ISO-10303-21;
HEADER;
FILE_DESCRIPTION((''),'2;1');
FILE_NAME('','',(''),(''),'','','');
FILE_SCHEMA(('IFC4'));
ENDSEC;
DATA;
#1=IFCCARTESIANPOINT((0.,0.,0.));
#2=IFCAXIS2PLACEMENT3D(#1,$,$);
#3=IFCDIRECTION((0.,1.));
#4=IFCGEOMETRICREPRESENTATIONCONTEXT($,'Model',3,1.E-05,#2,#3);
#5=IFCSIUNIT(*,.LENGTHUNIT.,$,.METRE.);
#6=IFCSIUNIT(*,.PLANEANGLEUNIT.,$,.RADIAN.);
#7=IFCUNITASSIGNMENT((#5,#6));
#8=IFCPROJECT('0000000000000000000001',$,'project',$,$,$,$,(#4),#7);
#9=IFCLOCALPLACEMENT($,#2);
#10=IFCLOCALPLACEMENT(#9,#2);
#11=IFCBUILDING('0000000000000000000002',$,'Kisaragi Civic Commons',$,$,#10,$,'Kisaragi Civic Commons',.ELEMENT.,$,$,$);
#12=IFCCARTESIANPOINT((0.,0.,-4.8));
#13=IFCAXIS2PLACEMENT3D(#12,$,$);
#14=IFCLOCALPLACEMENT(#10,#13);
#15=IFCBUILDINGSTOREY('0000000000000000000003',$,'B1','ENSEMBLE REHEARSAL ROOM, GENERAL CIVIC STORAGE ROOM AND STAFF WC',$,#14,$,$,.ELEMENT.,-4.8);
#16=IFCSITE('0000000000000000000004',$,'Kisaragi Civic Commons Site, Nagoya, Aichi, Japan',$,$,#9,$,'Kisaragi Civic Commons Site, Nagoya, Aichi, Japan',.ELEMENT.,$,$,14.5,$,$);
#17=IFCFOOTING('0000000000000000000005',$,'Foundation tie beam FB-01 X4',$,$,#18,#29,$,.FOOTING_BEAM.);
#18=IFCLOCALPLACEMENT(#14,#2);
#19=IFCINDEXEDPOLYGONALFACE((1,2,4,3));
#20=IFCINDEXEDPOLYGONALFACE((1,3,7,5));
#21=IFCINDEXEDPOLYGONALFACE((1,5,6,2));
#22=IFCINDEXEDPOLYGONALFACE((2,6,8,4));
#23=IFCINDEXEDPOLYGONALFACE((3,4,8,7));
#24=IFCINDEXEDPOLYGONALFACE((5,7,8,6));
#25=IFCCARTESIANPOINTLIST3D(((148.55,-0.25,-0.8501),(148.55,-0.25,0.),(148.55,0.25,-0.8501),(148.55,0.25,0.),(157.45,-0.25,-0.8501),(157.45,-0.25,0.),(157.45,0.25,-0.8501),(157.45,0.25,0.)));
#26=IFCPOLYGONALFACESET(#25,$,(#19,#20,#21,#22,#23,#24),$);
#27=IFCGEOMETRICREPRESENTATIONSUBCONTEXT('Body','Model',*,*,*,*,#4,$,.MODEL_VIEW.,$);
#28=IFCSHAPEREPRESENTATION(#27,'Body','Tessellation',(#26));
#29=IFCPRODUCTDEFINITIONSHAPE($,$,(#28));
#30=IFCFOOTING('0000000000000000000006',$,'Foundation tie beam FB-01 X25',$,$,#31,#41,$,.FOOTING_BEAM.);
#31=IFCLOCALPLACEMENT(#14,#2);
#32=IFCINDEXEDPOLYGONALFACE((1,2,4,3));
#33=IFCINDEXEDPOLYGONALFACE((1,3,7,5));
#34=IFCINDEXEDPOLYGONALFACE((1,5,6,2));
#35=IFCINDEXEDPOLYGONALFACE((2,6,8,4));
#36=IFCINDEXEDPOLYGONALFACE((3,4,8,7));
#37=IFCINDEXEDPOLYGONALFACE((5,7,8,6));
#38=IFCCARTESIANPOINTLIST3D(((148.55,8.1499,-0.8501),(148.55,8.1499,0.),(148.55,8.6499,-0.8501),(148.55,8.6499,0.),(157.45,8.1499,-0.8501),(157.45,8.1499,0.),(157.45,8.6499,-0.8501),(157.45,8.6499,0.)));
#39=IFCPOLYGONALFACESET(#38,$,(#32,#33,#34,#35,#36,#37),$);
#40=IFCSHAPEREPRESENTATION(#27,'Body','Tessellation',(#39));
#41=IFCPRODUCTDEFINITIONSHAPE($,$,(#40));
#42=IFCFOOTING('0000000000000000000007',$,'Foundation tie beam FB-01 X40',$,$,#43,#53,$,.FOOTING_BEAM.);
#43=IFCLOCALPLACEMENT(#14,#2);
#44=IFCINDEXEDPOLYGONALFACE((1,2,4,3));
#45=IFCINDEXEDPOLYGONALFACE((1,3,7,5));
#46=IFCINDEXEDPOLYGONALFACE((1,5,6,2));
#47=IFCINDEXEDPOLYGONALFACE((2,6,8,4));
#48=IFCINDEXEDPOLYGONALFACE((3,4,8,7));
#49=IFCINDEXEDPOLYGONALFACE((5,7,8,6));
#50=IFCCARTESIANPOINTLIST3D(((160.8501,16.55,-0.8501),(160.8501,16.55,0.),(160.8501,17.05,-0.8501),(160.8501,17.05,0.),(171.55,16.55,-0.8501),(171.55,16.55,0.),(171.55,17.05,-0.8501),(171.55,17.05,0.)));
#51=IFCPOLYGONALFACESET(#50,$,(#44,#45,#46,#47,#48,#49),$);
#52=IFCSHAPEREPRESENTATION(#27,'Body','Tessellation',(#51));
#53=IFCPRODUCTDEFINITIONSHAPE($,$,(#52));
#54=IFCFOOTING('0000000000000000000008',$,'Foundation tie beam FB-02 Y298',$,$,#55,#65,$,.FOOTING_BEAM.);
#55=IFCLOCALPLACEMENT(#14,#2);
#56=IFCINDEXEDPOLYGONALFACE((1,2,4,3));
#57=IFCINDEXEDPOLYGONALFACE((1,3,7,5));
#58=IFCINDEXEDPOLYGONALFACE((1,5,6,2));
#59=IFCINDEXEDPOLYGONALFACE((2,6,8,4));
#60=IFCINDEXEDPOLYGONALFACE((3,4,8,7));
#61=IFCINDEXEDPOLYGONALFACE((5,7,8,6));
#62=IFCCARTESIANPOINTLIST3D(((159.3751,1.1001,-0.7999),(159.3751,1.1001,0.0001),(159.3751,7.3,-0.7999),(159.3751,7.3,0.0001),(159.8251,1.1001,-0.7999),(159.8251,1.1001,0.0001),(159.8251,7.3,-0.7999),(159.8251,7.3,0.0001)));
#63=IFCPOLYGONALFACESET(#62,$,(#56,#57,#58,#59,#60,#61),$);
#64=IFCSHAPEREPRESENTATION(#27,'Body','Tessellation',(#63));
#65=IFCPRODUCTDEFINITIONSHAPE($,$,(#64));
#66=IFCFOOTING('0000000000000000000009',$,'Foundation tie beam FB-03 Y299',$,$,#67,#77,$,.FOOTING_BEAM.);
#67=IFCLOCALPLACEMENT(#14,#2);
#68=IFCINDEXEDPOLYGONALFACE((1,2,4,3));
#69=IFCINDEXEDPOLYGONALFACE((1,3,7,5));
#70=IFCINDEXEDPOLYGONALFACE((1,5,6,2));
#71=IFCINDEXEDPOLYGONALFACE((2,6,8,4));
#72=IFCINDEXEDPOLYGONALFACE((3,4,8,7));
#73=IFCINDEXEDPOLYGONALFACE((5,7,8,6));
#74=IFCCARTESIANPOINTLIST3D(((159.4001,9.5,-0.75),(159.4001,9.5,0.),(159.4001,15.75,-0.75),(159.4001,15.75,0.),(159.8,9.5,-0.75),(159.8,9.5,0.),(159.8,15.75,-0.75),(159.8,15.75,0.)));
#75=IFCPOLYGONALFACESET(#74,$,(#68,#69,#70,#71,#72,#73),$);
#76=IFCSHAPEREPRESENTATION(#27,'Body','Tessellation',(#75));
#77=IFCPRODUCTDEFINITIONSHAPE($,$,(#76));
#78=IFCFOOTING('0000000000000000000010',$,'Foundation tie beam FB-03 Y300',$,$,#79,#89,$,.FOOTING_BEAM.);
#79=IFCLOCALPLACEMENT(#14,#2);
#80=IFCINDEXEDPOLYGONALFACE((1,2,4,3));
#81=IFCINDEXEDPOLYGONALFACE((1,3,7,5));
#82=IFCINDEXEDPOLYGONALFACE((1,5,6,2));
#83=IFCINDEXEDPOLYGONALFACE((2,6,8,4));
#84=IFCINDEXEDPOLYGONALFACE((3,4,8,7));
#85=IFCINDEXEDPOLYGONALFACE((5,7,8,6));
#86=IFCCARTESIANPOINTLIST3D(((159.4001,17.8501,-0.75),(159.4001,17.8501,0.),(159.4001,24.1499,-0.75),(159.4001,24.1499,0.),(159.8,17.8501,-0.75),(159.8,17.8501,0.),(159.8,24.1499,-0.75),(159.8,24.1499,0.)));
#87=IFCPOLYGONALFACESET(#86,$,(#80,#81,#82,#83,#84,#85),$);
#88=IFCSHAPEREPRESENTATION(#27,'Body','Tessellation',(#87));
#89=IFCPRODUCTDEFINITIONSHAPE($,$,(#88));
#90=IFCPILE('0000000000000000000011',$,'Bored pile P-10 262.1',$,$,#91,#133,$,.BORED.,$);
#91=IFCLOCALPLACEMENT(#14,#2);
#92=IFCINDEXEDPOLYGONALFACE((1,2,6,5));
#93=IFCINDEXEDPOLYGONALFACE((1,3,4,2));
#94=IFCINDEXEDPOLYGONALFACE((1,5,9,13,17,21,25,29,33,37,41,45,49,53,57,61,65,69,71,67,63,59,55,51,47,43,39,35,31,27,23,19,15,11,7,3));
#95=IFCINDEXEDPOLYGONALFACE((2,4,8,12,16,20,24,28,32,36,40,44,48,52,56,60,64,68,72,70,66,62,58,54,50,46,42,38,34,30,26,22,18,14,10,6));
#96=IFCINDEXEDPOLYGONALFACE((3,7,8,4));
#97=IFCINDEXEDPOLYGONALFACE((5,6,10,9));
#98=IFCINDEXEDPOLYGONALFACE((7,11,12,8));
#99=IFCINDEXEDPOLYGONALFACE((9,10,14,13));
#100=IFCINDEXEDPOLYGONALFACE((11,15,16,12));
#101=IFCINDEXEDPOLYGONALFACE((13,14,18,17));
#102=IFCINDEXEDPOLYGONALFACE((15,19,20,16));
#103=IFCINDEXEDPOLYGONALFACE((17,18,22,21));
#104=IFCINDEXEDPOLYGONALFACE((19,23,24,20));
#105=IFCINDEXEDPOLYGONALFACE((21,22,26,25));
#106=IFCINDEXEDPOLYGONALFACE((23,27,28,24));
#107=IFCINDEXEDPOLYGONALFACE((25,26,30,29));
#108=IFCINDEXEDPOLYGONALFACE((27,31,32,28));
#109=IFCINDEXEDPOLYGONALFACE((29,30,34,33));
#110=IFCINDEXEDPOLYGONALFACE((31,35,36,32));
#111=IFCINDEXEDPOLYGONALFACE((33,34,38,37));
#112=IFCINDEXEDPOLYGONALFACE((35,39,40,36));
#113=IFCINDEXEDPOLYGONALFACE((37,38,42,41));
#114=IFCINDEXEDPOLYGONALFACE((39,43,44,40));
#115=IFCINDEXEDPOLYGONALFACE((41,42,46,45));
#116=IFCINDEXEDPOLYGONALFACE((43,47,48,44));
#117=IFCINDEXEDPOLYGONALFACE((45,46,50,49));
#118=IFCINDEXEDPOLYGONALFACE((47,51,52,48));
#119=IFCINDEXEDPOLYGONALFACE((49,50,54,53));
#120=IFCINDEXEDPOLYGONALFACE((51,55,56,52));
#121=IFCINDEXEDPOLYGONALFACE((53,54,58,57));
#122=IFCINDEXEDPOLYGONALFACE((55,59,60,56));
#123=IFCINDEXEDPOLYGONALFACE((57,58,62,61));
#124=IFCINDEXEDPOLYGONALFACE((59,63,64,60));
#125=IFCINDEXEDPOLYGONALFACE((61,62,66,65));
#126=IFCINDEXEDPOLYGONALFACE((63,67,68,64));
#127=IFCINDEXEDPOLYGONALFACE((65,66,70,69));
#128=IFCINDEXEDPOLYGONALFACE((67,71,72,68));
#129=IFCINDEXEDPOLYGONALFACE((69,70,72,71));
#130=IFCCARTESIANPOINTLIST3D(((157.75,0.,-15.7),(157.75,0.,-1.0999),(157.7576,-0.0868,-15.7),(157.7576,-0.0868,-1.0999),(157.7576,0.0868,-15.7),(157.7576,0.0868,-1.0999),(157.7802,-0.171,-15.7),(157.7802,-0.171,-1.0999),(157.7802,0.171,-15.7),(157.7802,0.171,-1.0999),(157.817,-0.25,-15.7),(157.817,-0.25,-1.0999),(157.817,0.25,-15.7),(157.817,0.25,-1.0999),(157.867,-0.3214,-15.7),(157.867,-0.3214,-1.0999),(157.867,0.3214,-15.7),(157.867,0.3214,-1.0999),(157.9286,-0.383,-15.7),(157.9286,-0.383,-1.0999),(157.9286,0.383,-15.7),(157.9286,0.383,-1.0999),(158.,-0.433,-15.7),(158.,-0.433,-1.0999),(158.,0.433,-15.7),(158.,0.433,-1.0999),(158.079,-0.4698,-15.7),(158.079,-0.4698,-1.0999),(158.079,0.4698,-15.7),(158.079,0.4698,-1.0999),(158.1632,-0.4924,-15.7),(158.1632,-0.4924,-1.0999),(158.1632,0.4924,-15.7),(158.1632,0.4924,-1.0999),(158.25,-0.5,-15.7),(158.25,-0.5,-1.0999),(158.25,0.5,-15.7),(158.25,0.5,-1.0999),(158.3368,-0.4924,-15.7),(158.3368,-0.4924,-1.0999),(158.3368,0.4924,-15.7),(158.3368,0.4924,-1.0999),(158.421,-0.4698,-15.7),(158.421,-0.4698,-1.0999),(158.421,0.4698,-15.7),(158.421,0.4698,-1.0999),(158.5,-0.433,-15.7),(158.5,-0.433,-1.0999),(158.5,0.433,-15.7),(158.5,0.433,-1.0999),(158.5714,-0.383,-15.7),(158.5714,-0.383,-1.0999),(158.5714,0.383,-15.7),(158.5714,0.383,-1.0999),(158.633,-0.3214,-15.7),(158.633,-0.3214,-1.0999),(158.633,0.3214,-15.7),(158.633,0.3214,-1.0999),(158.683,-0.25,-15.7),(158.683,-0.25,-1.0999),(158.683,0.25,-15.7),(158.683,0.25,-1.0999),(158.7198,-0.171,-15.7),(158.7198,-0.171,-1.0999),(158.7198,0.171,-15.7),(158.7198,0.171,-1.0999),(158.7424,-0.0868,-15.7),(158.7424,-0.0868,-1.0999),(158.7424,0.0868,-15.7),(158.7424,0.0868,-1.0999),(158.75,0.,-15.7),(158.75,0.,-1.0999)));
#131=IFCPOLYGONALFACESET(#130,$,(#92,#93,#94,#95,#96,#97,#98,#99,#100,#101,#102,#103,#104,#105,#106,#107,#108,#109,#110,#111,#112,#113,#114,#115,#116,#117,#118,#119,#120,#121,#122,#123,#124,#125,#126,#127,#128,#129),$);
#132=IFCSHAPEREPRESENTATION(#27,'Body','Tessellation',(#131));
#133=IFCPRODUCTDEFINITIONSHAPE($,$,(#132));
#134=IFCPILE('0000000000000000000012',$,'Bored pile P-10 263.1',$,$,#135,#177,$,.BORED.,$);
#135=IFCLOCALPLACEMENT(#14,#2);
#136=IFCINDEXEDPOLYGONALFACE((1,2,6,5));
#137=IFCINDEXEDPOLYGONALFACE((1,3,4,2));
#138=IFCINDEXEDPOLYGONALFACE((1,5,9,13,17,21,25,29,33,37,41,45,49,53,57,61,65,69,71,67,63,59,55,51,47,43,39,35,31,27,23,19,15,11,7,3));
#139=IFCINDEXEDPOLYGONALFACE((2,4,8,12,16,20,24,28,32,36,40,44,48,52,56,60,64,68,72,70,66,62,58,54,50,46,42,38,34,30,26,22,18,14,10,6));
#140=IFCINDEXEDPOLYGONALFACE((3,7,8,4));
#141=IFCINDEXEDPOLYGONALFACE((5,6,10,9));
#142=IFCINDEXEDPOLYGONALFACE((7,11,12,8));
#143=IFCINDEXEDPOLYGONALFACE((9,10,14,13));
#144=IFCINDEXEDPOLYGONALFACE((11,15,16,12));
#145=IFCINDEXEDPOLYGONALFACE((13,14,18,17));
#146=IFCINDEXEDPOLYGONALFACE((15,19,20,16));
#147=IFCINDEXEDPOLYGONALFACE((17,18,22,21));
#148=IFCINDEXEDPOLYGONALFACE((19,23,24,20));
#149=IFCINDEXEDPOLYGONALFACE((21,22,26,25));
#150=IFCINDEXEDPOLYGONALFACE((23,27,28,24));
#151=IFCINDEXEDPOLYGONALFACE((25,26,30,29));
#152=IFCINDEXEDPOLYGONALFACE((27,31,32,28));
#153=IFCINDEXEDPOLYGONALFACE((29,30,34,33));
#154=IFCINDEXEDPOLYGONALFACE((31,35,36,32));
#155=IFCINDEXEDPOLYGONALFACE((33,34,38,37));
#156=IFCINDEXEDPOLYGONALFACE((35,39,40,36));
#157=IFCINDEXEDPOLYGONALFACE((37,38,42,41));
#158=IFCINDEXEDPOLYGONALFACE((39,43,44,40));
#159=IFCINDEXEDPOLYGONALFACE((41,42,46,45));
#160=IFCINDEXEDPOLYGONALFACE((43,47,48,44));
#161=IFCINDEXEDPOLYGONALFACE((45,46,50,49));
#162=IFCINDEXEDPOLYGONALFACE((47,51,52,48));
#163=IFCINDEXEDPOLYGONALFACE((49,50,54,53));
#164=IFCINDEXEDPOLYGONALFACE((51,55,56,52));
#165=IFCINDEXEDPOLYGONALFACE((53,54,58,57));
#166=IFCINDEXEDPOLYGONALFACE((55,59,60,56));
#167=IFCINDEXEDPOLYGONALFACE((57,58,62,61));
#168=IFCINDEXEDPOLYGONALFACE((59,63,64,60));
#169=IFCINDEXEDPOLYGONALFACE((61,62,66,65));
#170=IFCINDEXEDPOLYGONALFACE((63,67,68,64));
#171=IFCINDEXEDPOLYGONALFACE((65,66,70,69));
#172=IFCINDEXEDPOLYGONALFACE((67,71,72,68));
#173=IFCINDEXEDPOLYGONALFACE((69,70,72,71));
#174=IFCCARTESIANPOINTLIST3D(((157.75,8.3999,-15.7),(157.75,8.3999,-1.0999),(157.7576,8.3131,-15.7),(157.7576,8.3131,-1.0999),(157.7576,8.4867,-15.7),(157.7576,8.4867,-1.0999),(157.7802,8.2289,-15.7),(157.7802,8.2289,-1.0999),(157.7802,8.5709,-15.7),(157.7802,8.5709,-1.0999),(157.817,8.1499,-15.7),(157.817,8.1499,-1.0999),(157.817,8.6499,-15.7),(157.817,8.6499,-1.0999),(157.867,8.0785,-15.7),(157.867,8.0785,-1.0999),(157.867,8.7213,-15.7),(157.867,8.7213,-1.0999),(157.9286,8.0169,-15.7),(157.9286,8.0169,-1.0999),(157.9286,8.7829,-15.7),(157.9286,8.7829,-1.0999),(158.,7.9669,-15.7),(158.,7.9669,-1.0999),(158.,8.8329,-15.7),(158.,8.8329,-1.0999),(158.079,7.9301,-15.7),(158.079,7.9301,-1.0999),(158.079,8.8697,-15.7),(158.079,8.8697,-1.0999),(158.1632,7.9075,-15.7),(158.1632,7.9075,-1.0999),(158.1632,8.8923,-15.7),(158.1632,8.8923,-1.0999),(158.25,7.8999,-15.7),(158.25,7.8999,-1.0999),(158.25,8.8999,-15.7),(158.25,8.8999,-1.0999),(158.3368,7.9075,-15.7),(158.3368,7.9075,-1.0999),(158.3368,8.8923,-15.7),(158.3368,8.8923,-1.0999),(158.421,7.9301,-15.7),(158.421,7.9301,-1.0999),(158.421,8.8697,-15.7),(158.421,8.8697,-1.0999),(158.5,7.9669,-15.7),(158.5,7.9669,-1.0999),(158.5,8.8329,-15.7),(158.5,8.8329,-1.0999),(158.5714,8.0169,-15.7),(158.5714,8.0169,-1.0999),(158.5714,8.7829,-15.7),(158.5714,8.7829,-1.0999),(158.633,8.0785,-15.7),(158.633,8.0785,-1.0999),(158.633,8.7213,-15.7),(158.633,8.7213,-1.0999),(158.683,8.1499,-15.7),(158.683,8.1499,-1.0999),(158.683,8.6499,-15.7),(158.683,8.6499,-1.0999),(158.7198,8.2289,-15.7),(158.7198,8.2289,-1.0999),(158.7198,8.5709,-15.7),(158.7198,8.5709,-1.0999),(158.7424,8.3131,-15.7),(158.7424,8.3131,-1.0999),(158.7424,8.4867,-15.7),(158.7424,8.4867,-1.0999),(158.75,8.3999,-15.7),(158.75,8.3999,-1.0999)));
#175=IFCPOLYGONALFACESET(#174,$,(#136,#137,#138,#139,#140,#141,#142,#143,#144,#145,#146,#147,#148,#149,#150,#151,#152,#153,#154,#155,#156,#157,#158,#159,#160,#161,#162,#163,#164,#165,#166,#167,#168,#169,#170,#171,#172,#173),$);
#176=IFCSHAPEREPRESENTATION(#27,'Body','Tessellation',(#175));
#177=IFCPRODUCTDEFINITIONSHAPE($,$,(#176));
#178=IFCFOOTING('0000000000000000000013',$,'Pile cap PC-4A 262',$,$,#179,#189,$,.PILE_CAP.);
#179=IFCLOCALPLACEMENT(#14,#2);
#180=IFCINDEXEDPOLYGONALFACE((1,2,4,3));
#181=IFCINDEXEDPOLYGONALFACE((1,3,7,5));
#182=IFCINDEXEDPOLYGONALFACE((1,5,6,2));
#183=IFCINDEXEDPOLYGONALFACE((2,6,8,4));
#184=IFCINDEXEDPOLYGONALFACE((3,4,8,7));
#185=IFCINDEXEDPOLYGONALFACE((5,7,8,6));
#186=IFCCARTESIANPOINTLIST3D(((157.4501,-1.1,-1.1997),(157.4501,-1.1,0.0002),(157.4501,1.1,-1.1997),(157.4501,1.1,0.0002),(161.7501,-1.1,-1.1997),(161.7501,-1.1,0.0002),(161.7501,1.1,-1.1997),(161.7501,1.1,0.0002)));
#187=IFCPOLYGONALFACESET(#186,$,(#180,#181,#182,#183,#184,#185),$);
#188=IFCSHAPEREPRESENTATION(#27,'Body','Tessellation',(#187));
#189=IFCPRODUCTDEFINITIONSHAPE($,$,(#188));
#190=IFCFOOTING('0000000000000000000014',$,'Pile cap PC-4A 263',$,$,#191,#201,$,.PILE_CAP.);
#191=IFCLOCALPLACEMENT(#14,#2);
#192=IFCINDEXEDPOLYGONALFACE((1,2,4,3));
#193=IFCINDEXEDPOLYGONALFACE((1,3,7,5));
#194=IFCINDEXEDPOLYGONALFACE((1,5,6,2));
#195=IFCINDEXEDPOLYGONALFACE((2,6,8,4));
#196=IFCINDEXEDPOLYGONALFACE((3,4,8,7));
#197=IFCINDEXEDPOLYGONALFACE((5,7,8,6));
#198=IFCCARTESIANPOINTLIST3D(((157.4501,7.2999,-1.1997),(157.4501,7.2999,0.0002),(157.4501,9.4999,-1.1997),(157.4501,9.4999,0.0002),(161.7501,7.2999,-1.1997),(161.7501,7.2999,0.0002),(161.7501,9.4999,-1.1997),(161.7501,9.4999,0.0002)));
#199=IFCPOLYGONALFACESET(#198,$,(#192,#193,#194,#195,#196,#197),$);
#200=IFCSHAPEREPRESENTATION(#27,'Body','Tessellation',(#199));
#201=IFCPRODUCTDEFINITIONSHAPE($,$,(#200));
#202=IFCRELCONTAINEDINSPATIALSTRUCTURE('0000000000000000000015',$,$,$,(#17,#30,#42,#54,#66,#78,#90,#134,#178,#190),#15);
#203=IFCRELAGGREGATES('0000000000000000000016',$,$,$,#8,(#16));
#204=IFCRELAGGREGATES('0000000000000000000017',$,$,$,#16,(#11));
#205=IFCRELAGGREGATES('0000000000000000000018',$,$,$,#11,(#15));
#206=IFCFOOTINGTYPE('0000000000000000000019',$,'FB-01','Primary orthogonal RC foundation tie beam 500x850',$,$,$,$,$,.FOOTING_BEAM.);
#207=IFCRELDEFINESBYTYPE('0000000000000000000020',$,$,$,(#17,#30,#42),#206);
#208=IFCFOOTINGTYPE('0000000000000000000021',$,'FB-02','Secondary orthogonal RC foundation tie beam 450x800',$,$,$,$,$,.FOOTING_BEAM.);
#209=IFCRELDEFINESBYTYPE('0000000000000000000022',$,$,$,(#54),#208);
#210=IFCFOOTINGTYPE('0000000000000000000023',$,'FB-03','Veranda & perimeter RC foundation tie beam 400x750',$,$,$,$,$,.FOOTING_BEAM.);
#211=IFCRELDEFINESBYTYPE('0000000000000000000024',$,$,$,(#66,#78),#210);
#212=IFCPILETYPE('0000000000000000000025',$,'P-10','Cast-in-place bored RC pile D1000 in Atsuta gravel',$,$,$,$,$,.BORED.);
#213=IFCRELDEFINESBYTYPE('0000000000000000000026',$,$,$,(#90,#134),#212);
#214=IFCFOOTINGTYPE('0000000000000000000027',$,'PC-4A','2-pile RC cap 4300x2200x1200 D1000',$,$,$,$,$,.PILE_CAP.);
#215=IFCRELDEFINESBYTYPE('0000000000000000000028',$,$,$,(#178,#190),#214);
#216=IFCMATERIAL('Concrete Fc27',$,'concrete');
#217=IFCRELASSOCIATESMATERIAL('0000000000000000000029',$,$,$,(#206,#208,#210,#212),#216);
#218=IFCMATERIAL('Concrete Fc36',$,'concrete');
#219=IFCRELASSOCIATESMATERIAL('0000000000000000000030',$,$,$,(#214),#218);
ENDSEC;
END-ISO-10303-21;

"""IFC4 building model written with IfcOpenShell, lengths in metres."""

from ifc_helpers import new_model, si_unit, direction, frame, origin, origin_2d, place, context, subcontext, project, spatial, rectangle, circle, extrude, material, material_profile, profile_set, type_object, element, save


model = new_model("IFC4")

# Units and contexts
model_context = context("Model", 3, precision=1e-05, world=origin(), true_north=direction((0.0, 1.0)))
body_context = subcontext(model_context, "Body", "Model", "MODEL_VIEW")
ifc_project = project(units=[si_unit("LENGTHUNIT", "METRE"), si_unit("PLANEANGLEUNIT", "RADIAN")], contexts=[model_context])

# Site, building, storey
site_placement = place(None, origin())
site = spatial("IfcSite", under=ifc_project, at=site_placement, Name="Kisaragi Civic Commons Site, Nagoya, Aichi, Japan", LongName="Kisaragi Civic Commons Site, Nagoya, Aichi, Japan", CompositionType="ELEMENT", RefElevation=14.5)
building_placement = place(site_placement, origin())
building = spatial("IfcBuilding", under=site, at=building_placement, Name="Kisaragi Civic Commons", LongName="Kisaragi Civic Commons", CompositionType="ELEMENT")
storey_placement = place(building_placement, frame((0.0, 0.0, -4.8)))
storey = spatial("IfcBuildingStorey", under=building, at=storey_placement, Name="B1", Description="ENSEMBLE REHEARSAL ROOM, GENERAL CIVIC STORAGE ROOM AND STAFF WC", CompositionType="ELEMENT", Elevation=-4.8)

# Footings
ifc_material_1 = material(Name="Concrete Fc27", Category="concrete")
ifc_material_profile_1 = material_profile(ifc_material_1, rectangle(XDim=0.5, YDim=0.8501, at=origin_2d()), Name="RC-500x850", Category="concrete")
ifc_profile_set_1 = profile_set([ifc_material_profile_1], Name="Concrete Fc27")
footing_type_1 = type_object("IfcFootingType", Name="FB-01", Description="Primary orthogonal RC foundation tie beam 500x850", PredefinedType="FOOTING_BEAM", material=ifc_profile_set_1)
for number, where, z_axis, x_axis, name in (
    (1, (148.55, 0.0, -0.425), (1.0, 0.0, 0.0), (0.0, 1.0, 0.0), "Foundation tie beam FB-01 X4"),
    (2, (148.55, 8.3999, -0.425), (1.0, 0.0, 0.0), (0.0, 1.0, 0.0), "Foundation tie beam FB-01 X25"),
):
    element("IfcFooting", number, at=place(storey_placement, frame(where, z_axis=z_axis, x_axis=x_axis)), inside=storey, type_object=footing_type_1, Name=name, PredefinedType="FOOTING_BEAM", context=body_context, shape_type="SweptSolid", body=[
        extrude(rectangle(XDim=0.5, YDim=0.8501, at=origin_2d()), origin(), (0.0, 0.0, 1.0), 8.8999),
    ])
footing_1_placement = place(storey_placement, frame((160.8501, 16.8, -0.425), z_axis=(1.0, 0.0, 0.0), x_axis=(0.0, 1.0, 0.0)))
element("IfcFooting", 3, at=footing_1_placement, inside=storey, type_object=footing_type_1, Name="Foundation tie beam FB-01 X40", PredefinedType="FOOTING_BEAM", context=body_context, shape_type="SweptSolid", body=[
    extrude(rectangle(XDim=0.5, YDim=0.8501, at=origin_2d()), origin(), (0.0, 0.0, 1.0), 10.7),
])
ifc_material_profile_2 = material_profile(ifc_material_1, rectangle(XDim=0.45, YDim=0.8, at=origin_2d()), Name="RC-450x800", Category="concrete")
ifc_profile_set_2 = profile_set([ifc_material_profile_2], Name="Concrete Fc27")
footing_type_2 = type_object("IfcFootingType", Name="FB-02", Description="Secondary orthogonal RC foundation tie beam 450x800", PredefinedType="FOOTING_BEAM", material=ifc_profile_set_2)
footing_2_placement = place(storey_placement, frame((159.6001, 1.1001, -0.3999), z_axis=(0.0, 1.0, 0.0), x_axis=(-1.0, 0.0, 0.0)))
element("IfcFooting", 4, at=footing_2_placement, inside=storey, type_object=footing_type_2, Name="Foundation tie beam FB-02 Y298", PredefinedType="FOOTING_BEAM", context=body_context, shape_type="SweptSolid", body=[
    extrude(rectangle(XDim=0.45, YDim=0.8, at=origin_2d()), origin(), (0.0, 0.0, 1.0), 6.2),
])
ifc_material_profile_3 = material_profile(ifc_material_1, rectangle(XDim=0.3999, YDim=0.75, at=origin_2d()), Name="RC-400x750", Category="concrete")
ifc_profile_set_3 = profile_set([ifc_material_profile_3], Name="Concrete Fc27")
footing_type_3 = type_object("IfcFootingType", Name="FB-03", Description="Veranda & perimeter RC foundation tie beam 400x750", PredefinedType="FOOTING_BEAM", material=ifc_profile_set_3)
footing_3_placement = place(storey_placement, frame((159.6001, 9.5, -0.375), z_axis=(0.0, 1.0, 0.0), x_axis=(-1.0, 0.0, 0.0)))
element("IfcFooting", 5, at=footing_3_placement, inside=storey, type_object=footing_type_3, Name="Foundation tie beam FB-03 Y299", PredefinedType="FOOTING_BEAM", context=body_context, shape_type="SweptSolid", body=[
    extrude(rectangle(XDim=0.3999, YDim=0.75, at=origin_2d()), origin(), (0.0, 0.0, 1.0), 6.25),
])
footing_4_placement = place(storey_placement, frame((159.6001, 17.8501, -0.375), z_axis=(0.0, 1.0, 0.0), x_axis=(-1.0, 0.0, 0.0)))
element("IfcFooting", 6, at=footing_4_placement, inside=storey, type_object=footing_type_3, Name="Foundation tie beam FB-03 Y300", PredefinedType="FOOTING_BEAM", context=body_context, shape_type="SweptSolid", body=[
    extrude(rectangle(XDim=0.3999, YDim=0.75, at=origin_2d()), origin(), (0.0, 0.0, 1.0), 6.2998),
])

# Piles
ifc_material_profile_4 = material_profile(ifc_material_1, circle(Radius=0.5, at=origin_2d()), Name="PILE-D1000", Category="concrete")
ifc_profile_set_4 = profile_set([ifc_material_profile_4], Name="Concrete Fc27")
pile_type = type_object("IfcPileType", Name="P-10", Description="Cast-in-place bored RC pile D1000 in Atsuta gravel", PredefinedType="BORED", material=ifc_profile_set_4)
for number, where, z_axis, x_axis, name in (
    (7, (158.25, 0.0, -1.0999), (0.0, 0.0, -1.0), (1.0, 0.0, 0.0), "Bored pile P-10 262.1"),
    (8, (158.25, 8.3999, -1.0999), (0.0, 0.0, -1.0), (1.0, 0.0, 0.0), "Bored pile P-10 263.1"),
):
    element("IfcPile", number, at=place(storey_placement, frame(where, z_axis=z_axis, x_axis=x_axis)), inside=storey, type_object=pile_type, Name=name, PredefinedType="BORED", context=body_context, shape_type="SweptSolid", body=[
        extrude(circle(Radius=0.5, at=origin_2d()), origin(), (0.0, 0.0, 1.0), 14.6001),
    ])

# Footings
ifc_material_2 = material(Name="Concrete Fc36", Category="concrete")
footing_type_4 = type_object("IfcFootingType", Name="PC-4A", Description="2-pile RC cap 4300x2200x1200 D1000", PredefinedType="PILE_CAP", material=ifc_material_2)
for number, where, z_axis, x_axis, name in (
    (9, (159.6001, 0.0, -1.1997), (0.0, 0.0, 1.0), (1.0, 0.0, 0.0), "Pile cap PC-4A 262"),
    (10, (159.6001, 8.3999, -1.1997), (0.0, 0.0, 1.0), (1.0, 0.0, 0.0), "Pile cap PC-4A 263"),
):
    element("IfcFooting", number, at=place(storey_placement, frame(where, z_axis=z_axis, x_axis=x_axis)), inside=storey, type_object=footing_type_4, Name=name, PredefinedType="PILE_CAP", context=body_context, shape_type="SweptSolid", body=[
        extrude(rectangle(XDim=4.3, YDim=2.2, at=origin_2d()), origin(), (0.0, 0.0, 1.0), 1.2),
    ])

save(model, "model.ifc")
